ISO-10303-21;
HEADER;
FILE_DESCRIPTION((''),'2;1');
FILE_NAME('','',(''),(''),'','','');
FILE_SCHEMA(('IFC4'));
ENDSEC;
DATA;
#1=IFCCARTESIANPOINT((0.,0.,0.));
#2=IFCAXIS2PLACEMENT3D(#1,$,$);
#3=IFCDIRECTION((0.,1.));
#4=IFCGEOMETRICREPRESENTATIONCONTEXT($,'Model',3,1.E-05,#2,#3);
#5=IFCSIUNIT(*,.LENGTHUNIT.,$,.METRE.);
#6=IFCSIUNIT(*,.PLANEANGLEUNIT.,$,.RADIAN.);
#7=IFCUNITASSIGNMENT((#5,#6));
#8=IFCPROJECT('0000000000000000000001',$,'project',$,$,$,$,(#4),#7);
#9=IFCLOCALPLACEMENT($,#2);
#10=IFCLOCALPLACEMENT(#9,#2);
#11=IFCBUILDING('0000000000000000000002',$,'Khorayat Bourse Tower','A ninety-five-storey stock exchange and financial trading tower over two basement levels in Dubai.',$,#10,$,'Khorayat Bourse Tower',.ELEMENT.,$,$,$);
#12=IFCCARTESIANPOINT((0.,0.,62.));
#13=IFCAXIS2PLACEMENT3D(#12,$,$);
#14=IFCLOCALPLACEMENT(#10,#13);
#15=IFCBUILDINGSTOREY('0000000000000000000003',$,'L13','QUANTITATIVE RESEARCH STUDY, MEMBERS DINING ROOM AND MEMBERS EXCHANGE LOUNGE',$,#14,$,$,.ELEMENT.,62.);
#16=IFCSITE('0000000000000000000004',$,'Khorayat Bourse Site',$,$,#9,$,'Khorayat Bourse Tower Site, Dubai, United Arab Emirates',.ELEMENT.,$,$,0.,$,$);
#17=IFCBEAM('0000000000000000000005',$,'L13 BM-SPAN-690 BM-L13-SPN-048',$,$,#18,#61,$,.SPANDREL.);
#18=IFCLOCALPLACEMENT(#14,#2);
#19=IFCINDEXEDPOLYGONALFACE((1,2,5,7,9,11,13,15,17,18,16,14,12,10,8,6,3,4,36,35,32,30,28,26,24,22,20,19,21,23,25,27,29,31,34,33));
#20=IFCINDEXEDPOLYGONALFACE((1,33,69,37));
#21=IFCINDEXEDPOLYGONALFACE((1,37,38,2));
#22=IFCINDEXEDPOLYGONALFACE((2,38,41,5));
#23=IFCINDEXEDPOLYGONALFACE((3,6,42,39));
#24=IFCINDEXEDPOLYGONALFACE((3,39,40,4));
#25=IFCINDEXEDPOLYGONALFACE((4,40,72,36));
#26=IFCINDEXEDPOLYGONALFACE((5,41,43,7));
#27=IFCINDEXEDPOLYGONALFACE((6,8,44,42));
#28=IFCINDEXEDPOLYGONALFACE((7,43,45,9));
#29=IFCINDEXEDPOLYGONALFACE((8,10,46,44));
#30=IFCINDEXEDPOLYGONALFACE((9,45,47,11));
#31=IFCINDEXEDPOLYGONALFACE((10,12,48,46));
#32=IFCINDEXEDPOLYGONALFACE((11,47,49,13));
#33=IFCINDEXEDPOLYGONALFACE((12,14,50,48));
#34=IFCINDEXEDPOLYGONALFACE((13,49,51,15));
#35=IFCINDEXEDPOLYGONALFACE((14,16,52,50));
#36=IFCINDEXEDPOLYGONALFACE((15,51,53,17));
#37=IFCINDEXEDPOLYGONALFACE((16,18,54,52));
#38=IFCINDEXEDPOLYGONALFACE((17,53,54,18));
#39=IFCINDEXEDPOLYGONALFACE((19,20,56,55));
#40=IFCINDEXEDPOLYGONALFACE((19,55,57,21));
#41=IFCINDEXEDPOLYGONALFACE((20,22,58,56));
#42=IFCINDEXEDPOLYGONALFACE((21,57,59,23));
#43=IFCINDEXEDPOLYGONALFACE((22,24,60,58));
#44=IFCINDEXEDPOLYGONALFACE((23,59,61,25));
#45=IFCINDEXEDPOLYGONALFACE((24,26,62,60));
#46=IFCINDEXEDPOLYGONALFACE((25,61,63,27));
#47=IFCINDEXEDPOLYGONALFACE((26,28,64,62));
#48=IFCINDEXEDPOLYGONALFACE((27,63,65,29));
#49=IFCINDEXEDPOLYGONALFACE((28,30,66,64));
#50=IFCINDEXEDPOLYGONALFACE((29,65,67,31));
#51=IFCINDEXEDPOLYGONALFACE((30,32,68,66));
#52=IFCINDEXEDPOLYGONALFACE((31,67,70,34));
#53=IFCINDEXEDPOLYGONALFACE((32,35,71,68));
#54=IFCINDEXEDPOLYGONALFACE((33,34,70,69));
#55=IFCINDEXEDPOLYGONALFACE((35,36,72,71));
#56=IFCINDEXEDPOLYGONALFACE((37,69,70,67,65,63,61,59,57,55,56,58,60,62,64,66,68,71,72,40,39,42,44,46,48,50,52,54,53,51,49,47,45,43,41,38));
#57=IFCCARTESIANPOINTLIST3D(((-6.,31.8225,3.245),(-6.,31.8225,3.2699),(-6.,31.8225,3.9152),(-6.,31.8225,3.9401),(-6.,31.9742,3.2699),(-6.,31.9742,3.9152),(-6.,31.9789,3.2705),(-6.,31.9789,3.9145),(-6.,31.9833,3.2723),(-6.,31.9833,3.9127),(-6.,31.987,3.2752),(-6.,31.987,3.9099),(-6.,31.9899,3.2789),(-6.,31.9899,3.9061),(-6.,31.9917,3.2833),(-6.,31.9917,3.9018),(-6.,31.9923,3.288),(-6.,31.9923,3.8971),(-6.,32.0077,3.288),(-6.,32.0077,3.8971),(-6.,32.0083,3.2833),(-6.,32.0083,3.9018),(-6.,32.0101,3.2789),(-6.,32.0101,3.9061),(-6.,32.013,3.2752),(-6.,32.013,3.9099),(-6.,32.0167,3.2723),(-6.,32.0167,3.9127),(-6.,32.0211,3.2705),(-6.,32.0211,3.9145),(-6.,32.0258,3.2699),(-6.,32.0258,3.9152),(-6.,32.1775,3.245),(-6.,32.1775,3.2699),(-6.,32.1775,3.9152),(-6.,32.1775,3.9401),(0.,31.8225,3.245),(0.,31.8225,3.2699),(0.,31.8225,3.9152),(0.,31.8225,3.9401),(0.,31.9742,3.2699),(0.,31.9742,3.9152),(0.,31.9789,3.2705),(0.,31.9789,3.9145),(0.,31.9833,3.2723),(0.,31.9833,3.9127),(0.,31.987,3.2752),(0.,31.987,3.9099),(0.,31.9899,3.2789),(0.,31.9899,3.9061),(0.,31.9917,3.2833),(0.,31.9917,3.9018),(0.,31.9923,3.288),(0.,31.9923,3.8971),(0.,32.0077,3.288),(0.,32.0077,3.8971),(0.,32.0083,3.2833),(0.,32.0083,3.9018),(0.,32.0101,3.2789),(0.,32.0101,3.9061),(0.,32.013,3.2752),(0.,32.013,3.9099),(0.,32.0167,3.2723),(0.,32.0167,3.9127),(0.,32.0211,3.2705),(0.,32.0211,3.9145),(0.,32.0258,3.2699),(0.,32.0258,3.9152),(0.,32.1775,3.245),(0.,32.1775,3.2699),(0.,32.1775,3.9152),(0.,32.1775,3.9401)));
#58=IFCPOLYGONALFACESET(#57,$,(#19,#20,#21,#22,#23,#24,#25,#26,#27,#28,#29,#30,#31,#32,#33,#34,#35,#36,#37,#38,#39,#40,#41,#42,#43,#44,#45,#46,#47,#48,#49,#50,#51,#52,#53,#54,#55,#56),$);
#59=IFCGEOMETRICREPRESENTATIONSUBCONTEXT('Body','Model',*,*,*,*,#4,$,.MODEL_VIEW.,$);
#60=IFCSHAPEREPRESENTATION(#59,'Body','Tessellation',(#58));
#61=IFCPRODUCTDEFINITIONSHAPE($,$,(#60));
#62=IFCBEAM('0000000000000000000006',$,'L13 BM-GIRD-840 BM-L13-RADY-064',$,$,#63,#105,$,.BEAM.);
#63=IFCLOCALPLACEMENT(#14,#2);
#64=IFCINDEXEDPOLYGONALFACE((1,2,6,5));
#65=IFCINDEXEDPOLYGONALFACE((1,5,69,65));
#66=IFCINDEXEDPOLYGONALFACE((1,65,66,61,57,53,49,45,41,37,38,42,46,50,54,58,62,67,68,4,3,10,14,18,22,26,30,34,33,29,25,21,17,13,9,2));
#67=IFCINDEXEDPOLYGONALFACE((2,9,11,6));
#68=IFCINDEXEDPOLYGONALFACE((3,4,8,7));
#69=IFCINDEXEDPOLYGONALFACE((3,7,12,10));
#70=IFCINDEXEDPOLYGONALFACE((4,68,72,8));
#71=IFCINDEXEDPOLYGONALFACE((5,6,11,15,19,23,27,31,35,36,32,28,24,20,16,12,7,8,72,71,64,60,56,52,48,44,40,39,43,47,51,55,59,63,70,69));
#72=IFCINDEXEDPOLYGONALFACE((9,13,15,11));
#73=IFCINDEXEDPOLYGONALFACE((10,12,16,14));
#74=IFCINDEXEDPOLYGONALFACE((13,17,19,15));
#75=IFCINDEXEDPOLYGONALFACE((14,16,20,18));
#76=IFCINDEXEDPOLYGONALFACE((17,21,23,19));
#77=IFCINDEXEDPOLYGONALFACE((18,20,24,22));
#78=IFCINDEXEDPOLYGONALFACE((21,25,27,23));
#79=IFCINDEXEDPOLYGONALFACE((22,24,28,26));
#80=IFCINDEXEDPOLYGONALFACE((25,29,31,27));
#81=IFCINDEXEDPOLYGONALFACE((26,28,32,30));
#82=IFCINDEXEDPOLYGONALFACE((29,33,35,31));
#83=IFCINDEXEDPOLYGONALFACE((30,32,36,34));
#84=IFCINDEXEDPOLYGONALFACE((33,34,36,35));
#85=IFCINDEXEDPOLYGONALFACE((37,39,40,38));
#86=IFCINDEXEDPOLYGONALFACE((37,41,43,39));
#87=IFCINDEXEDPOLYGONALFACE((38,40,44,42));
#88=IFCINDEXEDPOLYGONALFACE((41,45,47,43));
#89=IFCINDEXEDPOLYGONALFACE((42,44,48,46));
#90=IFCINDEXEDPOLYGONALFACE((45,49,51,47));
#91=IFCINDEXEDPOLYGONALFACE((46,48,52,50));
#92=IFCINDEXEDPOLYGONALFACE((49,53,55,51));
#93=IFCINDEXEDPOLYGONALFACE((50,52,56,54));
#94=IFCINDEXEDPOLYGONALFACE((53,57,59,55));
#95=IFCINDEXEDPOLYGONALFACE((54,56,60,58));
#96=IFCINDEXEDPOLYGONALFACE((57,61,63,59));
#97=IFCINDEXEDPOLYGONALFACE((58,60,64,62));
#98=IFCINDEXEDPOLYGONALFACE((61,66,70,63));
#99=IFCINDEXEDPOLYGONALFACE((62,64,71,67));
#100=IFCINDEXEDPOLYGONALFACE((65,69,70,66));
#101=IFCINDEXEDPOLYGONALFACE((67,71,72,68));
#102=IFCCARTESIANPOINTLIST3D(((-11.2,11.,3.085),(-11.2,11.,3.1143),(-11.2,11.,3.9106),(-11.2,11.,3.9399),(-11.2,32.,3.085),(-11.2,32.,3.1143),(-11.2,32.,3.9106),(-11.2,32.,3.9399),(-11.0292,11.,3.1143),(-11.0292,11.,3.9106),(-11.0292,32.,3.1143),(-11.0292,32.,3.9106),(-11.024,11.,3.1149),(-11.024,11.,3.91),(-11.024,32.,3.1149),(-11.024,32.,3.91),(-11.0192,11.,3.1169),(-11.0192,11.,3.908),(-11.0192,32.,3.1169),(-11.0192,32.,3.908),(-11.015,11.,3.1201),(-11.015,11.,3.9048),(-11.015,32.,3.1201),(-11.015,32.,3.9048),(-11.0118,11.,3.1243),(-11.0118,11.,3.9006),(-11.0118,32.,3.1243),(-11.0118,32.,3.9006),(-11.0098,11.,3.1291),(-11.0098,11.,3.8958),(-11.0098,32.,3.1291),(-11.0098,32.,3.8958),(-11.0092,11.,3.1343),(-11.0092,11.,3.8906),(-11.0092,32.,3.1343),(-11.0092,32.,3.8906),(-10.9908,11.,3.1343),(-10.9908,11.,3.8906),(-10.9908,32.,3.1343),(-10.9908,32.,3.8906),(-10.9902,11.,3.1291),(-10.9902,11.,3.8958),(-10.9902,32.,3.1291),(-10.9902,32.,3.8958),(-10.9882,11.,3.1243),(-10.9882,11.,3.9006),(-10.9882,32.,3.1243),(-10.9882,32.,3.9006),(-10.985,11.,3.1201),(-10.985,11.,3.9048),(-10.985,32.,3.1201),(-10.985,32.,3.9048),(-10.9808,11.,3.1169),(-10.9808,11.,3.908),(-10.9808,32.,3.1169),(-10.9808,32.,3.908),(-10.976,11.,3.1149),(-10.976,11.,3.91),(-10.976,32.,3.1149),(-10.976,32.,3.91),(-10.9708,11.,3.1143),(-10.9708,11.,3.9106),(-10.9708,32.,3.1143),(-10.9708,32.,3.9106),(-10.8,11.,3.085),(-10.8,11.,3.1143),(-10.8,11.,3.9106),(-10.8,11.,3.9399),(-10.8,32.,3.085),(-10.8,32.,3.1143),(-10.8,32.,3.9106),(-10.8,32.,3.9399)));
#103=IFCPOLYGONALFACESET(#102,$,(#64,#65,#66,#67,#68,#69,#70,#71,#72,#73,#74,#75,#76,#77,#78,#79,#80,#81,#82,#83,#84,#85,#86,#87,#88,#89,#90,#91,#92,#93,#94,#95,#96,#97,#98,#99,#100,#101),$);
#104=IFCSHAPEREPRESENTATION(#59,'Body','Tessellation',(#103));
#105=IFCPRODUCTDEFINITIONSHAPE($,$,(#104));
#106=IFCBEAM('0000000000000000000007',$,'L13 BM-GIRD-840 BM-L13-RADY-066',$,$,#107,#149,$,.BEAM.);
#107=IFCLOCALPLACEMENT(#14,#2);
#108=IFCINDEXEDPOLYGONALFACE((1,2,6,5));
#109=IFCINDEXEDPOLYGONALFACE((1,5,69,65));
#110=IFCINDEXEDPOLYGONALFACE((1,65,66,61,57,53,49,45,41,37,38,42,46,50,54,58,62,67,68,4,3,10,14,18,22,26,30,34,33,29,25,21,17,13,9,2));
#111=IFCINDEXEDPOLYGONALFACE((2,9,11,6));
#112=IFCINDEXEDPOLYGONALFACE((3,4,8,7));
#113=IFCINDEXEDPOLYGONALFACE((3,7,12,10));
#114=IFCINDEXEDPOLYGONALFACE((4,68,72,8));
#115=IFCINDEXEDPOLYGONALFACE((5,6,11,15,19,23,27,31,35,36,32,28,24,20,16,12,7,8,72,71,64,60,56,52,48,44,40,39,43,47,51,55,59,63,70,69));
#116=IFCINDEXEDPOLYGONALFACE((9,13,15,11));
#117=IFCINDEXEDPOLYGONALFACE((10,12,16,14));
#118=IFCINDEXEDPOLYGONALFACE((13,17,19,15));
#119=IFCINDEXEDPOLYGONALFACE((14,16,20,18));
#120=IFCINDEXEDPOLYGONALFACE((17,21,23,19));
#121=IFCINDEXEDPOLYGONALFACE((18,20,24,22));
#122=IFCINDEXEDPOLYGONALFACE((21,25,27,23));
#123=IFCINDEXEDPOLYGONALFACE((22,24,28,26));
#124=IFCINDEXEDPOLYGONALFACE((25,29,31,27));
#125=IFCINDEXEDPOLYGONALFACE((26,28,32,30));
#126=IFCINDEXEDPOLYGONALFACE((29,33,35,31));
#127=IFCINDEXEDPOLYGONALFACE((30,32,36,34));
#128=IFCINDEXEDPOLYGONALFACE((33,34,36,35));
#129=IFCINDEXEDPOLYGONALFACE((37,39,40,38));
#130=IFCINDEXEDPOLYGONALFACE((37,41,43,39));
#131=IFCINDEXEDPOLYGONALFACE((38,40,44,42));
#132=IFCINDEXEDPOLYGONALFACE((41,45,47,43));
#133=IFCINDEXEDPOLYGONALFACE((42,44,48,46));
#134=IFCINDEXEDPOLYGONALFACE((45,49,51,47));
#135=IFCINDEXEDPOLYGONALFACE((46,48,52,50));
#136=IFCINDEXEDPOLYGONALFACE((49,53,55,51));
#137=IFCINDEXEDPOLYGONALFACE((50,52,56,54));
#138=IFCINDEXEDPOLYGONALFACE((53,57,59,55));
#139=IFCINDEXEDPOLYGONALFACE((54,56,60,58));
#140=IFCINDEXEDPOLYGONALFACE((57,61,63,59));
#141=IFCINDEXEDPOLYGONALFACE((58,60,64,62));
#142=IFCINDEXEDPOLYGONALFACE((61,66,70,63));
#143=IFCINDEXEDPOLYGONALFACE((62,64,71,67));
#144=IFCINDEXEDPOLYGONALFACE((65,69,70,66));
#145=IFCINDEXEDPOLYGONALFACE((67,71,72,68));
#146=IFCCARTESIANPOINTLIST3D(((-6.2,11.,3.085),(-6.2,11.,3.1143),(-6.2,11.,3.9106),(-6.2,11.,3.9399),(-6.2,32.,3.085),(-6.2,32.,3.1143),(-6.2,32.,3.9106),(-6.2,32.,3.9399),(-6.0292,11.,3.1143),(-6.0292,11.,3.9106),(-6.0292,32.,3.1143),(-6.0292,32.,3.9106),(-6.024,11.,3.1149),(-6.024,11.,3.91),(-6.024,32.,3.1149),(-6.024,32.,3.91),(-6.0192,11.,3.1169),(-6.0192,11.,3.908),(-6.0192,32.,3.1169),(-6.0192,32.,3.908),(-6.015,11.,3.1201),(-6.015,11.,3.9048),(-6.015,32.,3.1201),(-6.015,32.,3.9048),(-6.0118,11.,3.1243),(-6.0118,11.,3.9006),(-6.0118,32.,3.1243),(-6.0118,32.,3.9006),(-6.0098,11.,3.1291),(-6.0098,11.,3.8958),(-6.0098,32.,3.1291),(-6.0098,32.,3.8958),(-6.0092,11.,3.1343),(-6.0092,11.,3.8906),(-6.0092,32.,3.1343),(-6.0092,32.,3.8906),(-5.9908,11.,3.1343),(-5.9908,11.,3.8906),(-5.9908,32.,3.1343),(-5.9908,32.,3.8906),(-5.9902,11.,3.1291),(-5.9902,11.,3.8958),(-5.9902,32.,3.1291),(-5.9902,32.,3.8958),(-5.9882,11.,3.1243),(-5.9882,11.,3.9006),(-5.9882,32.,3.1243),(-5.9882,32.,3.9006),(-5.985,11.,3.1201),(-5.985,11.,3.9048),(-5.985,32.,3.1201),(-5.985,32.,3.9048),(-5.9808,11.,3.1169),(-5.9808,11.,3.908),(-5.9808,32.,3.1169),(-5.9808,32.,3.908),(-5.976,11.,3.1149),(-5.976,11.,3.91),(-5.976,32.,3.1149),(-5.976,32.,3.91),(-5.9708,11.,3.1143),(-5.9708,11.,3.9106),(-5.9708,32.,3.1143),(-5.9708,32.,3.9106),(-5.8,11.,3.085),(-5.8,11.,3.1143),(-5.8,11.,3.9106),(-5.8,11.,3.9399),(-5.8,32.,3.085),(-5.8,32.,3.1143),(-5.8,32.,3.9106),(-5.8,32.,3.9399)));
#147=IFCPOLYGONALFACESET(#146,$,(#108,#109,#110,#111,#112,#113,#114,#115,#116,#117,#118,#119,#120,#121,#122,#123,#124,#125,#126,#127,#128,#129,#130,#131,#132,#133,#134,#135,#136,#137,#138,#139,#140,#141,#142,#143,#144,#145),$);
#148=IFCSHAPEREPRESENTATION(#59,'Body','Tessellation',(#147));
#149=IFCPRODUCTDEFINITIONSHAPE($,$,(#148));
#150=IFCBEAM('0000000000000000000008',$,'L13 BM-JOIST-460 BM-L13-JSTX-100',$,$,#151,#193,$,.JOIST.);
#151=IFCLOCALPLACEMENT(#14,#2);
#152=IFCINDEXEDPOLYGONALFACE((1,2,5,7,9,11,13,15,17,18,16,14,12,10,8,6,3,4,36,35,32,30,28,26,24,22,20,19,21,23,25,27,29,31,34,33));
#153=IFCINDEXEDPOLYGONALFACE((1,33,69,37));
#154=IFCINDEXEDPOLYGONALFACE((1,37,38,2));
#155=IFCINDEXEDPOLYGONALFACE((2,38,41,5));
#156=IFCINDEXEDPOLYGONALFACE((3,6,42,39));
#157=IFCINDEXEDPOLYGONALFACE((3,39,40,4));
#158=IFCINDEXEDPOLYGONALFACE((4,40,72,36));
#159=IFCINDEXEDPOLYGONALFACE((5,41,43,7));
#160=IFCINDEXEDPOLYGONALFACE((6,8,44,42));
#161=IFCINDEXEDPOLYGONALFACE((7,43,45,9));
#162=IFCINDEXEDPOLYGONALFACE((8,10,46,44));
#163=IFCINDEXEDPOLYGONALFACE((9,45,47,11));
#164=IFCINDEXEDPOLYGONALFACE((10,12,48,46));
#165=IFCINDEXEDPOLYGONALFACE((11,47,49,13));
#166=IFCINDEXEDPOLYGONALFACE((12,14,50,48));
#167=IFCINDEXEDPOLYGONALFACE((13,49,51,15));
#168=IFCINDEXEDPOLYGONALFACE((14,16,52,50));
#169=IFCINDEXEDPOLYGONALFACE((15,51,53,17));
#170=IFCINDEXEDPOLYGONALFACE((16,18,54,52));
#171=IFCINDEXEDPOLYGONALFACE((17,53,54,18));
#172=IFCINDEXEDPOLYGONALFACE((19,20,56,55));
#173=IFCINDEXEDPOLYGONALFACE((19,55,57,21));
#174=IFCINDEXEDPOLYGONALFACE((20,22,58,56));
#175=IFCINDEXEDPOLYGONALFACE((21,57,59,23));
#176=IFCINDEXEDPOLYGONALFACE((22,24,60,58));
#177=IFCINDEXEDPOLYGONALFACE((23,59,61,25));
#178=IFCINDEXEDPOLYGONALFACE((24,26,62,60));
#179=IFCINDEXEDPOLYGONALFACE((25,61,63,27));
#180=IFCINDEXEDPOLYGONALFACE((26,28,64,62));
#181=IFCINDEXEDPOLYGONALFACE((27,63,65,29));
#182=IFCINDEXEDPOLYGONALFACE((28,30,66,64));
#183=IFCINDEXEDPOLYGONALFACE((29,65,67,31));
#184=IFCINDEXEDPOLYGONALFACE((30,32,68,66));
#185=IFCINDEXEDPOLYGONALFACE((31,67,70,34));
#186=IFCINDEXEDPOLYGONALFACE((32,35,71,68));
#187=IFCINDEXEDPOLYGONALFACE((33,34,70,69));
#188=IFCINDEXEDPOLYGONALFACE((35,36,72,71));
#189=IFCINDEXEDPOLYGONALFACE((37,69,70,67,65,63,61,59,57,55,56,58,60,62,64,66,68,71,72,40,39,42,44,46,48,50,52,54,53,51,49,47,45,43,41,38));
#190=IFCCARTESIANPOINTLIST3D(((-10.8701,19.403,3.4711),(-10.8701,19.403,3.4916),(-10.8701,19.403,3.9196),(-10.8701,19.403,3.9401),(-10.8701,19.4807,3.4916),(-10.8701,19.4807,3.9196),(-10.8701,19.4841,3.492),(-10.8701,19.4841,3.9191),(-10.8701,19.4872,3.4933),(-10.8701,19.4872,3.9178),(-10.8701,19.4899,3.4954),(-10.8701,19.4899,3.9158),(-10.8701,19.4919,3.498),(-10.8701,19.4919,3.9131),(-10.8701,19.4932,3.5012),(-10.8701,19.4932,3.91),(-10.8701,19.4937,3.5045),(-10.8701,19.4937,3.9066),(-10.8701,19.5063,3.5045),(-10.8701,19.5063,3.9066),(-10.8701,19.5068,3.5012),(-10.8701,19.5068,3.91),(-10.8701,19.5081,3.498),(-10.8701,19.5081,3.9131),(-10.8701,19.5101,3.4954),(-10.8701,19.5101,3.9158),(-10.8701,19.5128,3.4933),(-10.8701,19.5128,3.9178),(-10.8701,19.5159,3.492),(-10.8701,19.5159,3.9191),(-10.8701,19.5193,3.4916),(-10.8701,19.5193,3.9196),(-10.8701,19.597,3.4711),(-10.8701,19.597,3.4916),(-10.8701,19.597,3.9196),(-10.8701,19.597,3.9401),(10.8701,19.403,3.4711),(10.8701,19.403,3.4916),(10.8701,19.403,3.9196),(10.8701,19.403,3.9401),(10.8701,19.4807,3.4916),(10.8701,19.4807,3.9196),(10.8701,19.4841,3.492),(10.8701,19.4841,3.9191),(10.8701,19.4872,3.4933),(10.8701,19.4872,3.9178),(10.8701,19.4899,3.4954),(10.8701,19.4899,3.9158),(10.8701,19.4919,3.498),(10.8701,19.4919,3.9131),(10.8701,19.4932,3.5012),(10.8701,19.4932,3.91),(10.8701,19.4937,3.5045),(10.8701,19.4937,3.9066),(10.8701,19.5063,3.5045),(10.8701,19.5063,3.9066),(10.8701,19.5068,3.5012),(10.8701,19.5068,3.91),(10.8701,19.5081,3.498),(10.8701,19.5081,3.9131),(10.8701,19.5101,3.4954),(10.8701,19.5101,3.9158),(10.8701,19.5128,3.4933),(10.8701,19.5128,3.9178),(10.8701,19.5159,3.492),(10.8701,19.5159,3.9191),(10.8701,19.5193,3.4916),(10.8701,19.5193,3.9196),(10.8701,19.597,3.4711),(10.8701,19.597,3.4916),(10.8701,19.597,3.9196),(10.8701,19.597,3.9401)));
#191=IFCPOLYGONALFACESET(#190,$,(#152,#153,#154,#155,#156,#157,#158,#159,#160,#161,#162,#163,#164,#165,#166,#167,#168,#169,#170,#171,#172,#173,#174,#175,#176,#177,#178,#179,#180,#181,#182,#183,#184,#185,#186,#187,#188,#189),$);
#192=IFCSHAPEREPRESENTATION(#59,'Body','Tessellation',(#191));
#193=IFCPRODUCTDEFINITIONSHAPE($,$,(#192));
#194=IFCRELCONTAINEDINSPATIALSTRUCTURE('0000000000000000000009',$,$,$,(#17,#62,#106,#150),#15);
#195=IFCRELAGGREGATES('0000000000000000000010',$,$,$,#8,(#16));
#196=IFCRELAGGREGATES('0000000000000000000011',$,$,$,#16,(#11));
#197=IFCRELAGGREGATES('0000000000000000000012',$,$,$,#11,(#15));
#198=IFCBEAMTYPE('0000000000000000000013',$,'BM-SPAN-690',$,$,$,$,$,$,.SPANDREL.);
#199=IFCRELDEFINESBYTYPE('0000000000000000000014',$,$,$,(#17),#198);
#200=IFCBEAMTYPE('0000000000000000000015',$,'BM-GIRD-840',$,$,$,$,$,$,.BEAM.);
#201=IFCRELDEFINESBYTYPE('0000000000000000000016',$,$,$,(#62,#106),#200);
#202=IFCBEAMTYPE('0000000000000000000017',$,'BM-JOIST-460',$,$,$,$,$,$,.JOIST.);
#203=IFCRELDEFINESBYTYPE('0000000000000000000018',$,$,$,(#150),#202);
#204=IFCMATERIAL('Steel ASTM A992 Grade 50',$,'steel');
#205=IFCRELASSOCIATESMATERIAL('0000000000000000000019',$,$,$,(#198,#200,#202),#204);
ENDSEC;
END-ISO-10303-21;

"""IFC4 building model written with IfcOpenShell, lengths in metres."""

from ifc_helpers import new_model, si_unit, direction, frame, origin, origin_2d, place, context, subcontext, project, spatial, i_section, extrude, source, transform, mapped, material, material_profile, profile_set, type_object, element, save


model = new_model("IFC4")

# Units and contexts
model_context = context("Model", 3, precision=1e-05, world=origin(), true_north=direction((0.0, 1.0)))
body_context = subcontext(model_context, "Body", "Model", "MODEL_VIEW")
ifc_project = project(units=[si_unit("LENGTHUNIT", "METRE"), si_unit("PLANEANGLEUNIT", "RADIAN")], contexts=[model_context])

# Site, building, storey
site_placement = place(None, origin())
site = spatial("IfcSite", under=ifc_project, at=site_placement, Name="Khorayat Bourse Site", LongName="Khorayat Bourse Tower Site, Dubai, United Arab Emirates", CompositionType="ELEMENT", RefElevation=0.0)
building_placement = place(site_placement, origin())
building = spatial("IfcBuilding", under=site, at=building_placement, Name="Khorayat Bourse Tower", Description="A ninety-five-storey stock exchange and financial trading tower over two basement levels in Dubai.", LongName="Khorayat Bourse Tower", CompositionType="ELEMENT")
storey_placement = place(building_placement, frame((0.0, 0.0, 62.0)))
storey = spatial("IfcBuildingStorey", under=building, at=storey_placement, Name="L13", Description="QUANTITATIVE RESEARCH STUDY, MEMBERS DINING ROOM AND MEMBERS EXCHANGE LOUNGE", CompositionType="ELEMENT", Elevation=62.0)

# Beams
ifc_material_1 = material(Name="Steel ASTM A992 Grade 50", Category="steel")
ifc_material_profile_1 = material_profile(ifc_material_1, i_section(OverallWidth=0.355, OverallDepth=0.6951, WebThickness=0.0154, FlangeThickness=0.0249, FilletRadius=0.0181, at=origin_2d()), Name="W690X217")
ifc_profile_set_1 = profile_set([ifc_material_profile_1], Name="Steel ASTM A992 Grade 50")
beam_type_1 = type_object("IfcBeamType", Name="BM-SPAN-690", PredefinedType="SPANDREL", material=ifc_profile_set_1)
shared_shape_1 = source(origin(), body_context, "Body", "SweptSolid", [
    extrude(i_section(OverallWidth=0.355, OverallDepth=0.6951, WebThickness=0.0154, FlangeThickness=0.0249, FilletRadius=0.0181, at=origin_2d()), origin(), (0.0, 0.0, 1.0), 6.0),
])
beam_1_placement = place(storey_placement, frame((-6.0, 32.0, 3.5925), z_axis=(1.0, 0.0, 0.0), x_axis=(0.0, 1.0, 0.0)))
element("IfcBeam", 1, at=beam_1_placement, inside=storey, type_object=beam_type_1, Name="L13 BM-SPAN-690 BM-L13-SPN-048", PredefinedType="SPANDREL", context=body_context, shape_type="MappedRepresentation", body=[
    mapped(shared_shape_1, transform((0.0, 0.0, 0.0), scale=1.0)),
])
ifc_material_profile_2 = material_profile(ifc_material_1, i_section(OverallWidth=0.3999, OverallDepth=0.855, WebThickness=0.0183, FlangeThickness=0.0293, FilletRadius=0.02, at=origin_2d()), Name="W840X299")
ifc_profile_set_2 = profile_set([ifc_material_profile_2], Name="Steel ASTM A992 Grade 50")
beam_type_2 = type_object("IfcBeamType", Name="BM-GIRD-840", PredefinedType="BEAM", material=ifc_profile_set_2)
shared_shape_2 = source(origin(), body_context, "Body", "SweptSolid", [
    extrude(i_section(OverallWidth=0.3999, OverallDepth=0.855, WebThickness=0.0183, FlangeThickness=0.0293, FilletRadius=0.02, at=origin_2d()), origin(), (0.0, 0.0, 1.0), 21.0),
])
for number, where, z_axis, x_axis, name in (
    (2, (-11.0, 11.0, 3.5125), (0.0, 1.0, 0.0), (-1.0, 0.0, 0.0), "L13 BM-GIRD-840 BM-L13-RADY-064"),
    (3, (-6.0, 11.0, 3.5125), (0.0, 1.0, 0.0), (-1.0, 0.0, 0.0), "L13 BM-GIRD-840 BM-L13-RADY-066"),
):
    element("IfcBeam", number, at=place(storey_placement, frame(where, z_axis=z_axis, x_axis=x_axis)), inside=storey, type_object=beam_type_2, Name=name, PredefinedType="BEAM", context=body_context, shape_type="MappedRepresentation", body=[
        mapped(shared_shape_2, transform((0.0, 0.0, 0.0), scale=1.0)),
    ])
ifc_material_profile_3 = material_profile(ifc_material_1, i_section(OverallWidth=0.1941, OverallDepth=0.469, WebThickness=0.0127, FlangeThickness=0.0205, FilletRadius=0.0129, at=origin_2d()), Name="W460X106")
ifc_profile_set_3 = profile_set([ifc_material_profile_3], Name="Steel ASTM A992 Grade 50")
beam_type_3 = type_object("IfcBeamType", Name="BM-JOIST-460", PredefinedType="JOIST", material=ifc_profile_set_3)
shared_shape_3 = source(origin(), body_context, "Body", "SweptSolid", [
    extrude(i_section(OverallWidth=0.1941, OverallDepth=0.469, WebThickness=0.0127, FlangeThickness=0.0205, FilletRadius=0.0129, at=origin_2d()), origin(), (0.0, 0.0, 1.0), 21.7402),
])
beam_2_placement = place(storey_placement, frame((-10.8701, 19.5, 3.7056), z_axis=(1.0, 0.0, 0.0), x_axis=(0.0, 1.0, 0.0)))
element("IfcBeam", 4, at=beam_2_placement, inside=storey, type_object=beam_type_3, Name="L13 BM-JOIST-460 BM-L13-JSTX-100", PredefinedType="JOIST", context=body_context, shape_type="MappedRepresentation", body=[
    mapped(shared_shape_3, transform((0.0, 0.0, 0.0), scale=1.0)),
])

save(model, "model.ifc")
